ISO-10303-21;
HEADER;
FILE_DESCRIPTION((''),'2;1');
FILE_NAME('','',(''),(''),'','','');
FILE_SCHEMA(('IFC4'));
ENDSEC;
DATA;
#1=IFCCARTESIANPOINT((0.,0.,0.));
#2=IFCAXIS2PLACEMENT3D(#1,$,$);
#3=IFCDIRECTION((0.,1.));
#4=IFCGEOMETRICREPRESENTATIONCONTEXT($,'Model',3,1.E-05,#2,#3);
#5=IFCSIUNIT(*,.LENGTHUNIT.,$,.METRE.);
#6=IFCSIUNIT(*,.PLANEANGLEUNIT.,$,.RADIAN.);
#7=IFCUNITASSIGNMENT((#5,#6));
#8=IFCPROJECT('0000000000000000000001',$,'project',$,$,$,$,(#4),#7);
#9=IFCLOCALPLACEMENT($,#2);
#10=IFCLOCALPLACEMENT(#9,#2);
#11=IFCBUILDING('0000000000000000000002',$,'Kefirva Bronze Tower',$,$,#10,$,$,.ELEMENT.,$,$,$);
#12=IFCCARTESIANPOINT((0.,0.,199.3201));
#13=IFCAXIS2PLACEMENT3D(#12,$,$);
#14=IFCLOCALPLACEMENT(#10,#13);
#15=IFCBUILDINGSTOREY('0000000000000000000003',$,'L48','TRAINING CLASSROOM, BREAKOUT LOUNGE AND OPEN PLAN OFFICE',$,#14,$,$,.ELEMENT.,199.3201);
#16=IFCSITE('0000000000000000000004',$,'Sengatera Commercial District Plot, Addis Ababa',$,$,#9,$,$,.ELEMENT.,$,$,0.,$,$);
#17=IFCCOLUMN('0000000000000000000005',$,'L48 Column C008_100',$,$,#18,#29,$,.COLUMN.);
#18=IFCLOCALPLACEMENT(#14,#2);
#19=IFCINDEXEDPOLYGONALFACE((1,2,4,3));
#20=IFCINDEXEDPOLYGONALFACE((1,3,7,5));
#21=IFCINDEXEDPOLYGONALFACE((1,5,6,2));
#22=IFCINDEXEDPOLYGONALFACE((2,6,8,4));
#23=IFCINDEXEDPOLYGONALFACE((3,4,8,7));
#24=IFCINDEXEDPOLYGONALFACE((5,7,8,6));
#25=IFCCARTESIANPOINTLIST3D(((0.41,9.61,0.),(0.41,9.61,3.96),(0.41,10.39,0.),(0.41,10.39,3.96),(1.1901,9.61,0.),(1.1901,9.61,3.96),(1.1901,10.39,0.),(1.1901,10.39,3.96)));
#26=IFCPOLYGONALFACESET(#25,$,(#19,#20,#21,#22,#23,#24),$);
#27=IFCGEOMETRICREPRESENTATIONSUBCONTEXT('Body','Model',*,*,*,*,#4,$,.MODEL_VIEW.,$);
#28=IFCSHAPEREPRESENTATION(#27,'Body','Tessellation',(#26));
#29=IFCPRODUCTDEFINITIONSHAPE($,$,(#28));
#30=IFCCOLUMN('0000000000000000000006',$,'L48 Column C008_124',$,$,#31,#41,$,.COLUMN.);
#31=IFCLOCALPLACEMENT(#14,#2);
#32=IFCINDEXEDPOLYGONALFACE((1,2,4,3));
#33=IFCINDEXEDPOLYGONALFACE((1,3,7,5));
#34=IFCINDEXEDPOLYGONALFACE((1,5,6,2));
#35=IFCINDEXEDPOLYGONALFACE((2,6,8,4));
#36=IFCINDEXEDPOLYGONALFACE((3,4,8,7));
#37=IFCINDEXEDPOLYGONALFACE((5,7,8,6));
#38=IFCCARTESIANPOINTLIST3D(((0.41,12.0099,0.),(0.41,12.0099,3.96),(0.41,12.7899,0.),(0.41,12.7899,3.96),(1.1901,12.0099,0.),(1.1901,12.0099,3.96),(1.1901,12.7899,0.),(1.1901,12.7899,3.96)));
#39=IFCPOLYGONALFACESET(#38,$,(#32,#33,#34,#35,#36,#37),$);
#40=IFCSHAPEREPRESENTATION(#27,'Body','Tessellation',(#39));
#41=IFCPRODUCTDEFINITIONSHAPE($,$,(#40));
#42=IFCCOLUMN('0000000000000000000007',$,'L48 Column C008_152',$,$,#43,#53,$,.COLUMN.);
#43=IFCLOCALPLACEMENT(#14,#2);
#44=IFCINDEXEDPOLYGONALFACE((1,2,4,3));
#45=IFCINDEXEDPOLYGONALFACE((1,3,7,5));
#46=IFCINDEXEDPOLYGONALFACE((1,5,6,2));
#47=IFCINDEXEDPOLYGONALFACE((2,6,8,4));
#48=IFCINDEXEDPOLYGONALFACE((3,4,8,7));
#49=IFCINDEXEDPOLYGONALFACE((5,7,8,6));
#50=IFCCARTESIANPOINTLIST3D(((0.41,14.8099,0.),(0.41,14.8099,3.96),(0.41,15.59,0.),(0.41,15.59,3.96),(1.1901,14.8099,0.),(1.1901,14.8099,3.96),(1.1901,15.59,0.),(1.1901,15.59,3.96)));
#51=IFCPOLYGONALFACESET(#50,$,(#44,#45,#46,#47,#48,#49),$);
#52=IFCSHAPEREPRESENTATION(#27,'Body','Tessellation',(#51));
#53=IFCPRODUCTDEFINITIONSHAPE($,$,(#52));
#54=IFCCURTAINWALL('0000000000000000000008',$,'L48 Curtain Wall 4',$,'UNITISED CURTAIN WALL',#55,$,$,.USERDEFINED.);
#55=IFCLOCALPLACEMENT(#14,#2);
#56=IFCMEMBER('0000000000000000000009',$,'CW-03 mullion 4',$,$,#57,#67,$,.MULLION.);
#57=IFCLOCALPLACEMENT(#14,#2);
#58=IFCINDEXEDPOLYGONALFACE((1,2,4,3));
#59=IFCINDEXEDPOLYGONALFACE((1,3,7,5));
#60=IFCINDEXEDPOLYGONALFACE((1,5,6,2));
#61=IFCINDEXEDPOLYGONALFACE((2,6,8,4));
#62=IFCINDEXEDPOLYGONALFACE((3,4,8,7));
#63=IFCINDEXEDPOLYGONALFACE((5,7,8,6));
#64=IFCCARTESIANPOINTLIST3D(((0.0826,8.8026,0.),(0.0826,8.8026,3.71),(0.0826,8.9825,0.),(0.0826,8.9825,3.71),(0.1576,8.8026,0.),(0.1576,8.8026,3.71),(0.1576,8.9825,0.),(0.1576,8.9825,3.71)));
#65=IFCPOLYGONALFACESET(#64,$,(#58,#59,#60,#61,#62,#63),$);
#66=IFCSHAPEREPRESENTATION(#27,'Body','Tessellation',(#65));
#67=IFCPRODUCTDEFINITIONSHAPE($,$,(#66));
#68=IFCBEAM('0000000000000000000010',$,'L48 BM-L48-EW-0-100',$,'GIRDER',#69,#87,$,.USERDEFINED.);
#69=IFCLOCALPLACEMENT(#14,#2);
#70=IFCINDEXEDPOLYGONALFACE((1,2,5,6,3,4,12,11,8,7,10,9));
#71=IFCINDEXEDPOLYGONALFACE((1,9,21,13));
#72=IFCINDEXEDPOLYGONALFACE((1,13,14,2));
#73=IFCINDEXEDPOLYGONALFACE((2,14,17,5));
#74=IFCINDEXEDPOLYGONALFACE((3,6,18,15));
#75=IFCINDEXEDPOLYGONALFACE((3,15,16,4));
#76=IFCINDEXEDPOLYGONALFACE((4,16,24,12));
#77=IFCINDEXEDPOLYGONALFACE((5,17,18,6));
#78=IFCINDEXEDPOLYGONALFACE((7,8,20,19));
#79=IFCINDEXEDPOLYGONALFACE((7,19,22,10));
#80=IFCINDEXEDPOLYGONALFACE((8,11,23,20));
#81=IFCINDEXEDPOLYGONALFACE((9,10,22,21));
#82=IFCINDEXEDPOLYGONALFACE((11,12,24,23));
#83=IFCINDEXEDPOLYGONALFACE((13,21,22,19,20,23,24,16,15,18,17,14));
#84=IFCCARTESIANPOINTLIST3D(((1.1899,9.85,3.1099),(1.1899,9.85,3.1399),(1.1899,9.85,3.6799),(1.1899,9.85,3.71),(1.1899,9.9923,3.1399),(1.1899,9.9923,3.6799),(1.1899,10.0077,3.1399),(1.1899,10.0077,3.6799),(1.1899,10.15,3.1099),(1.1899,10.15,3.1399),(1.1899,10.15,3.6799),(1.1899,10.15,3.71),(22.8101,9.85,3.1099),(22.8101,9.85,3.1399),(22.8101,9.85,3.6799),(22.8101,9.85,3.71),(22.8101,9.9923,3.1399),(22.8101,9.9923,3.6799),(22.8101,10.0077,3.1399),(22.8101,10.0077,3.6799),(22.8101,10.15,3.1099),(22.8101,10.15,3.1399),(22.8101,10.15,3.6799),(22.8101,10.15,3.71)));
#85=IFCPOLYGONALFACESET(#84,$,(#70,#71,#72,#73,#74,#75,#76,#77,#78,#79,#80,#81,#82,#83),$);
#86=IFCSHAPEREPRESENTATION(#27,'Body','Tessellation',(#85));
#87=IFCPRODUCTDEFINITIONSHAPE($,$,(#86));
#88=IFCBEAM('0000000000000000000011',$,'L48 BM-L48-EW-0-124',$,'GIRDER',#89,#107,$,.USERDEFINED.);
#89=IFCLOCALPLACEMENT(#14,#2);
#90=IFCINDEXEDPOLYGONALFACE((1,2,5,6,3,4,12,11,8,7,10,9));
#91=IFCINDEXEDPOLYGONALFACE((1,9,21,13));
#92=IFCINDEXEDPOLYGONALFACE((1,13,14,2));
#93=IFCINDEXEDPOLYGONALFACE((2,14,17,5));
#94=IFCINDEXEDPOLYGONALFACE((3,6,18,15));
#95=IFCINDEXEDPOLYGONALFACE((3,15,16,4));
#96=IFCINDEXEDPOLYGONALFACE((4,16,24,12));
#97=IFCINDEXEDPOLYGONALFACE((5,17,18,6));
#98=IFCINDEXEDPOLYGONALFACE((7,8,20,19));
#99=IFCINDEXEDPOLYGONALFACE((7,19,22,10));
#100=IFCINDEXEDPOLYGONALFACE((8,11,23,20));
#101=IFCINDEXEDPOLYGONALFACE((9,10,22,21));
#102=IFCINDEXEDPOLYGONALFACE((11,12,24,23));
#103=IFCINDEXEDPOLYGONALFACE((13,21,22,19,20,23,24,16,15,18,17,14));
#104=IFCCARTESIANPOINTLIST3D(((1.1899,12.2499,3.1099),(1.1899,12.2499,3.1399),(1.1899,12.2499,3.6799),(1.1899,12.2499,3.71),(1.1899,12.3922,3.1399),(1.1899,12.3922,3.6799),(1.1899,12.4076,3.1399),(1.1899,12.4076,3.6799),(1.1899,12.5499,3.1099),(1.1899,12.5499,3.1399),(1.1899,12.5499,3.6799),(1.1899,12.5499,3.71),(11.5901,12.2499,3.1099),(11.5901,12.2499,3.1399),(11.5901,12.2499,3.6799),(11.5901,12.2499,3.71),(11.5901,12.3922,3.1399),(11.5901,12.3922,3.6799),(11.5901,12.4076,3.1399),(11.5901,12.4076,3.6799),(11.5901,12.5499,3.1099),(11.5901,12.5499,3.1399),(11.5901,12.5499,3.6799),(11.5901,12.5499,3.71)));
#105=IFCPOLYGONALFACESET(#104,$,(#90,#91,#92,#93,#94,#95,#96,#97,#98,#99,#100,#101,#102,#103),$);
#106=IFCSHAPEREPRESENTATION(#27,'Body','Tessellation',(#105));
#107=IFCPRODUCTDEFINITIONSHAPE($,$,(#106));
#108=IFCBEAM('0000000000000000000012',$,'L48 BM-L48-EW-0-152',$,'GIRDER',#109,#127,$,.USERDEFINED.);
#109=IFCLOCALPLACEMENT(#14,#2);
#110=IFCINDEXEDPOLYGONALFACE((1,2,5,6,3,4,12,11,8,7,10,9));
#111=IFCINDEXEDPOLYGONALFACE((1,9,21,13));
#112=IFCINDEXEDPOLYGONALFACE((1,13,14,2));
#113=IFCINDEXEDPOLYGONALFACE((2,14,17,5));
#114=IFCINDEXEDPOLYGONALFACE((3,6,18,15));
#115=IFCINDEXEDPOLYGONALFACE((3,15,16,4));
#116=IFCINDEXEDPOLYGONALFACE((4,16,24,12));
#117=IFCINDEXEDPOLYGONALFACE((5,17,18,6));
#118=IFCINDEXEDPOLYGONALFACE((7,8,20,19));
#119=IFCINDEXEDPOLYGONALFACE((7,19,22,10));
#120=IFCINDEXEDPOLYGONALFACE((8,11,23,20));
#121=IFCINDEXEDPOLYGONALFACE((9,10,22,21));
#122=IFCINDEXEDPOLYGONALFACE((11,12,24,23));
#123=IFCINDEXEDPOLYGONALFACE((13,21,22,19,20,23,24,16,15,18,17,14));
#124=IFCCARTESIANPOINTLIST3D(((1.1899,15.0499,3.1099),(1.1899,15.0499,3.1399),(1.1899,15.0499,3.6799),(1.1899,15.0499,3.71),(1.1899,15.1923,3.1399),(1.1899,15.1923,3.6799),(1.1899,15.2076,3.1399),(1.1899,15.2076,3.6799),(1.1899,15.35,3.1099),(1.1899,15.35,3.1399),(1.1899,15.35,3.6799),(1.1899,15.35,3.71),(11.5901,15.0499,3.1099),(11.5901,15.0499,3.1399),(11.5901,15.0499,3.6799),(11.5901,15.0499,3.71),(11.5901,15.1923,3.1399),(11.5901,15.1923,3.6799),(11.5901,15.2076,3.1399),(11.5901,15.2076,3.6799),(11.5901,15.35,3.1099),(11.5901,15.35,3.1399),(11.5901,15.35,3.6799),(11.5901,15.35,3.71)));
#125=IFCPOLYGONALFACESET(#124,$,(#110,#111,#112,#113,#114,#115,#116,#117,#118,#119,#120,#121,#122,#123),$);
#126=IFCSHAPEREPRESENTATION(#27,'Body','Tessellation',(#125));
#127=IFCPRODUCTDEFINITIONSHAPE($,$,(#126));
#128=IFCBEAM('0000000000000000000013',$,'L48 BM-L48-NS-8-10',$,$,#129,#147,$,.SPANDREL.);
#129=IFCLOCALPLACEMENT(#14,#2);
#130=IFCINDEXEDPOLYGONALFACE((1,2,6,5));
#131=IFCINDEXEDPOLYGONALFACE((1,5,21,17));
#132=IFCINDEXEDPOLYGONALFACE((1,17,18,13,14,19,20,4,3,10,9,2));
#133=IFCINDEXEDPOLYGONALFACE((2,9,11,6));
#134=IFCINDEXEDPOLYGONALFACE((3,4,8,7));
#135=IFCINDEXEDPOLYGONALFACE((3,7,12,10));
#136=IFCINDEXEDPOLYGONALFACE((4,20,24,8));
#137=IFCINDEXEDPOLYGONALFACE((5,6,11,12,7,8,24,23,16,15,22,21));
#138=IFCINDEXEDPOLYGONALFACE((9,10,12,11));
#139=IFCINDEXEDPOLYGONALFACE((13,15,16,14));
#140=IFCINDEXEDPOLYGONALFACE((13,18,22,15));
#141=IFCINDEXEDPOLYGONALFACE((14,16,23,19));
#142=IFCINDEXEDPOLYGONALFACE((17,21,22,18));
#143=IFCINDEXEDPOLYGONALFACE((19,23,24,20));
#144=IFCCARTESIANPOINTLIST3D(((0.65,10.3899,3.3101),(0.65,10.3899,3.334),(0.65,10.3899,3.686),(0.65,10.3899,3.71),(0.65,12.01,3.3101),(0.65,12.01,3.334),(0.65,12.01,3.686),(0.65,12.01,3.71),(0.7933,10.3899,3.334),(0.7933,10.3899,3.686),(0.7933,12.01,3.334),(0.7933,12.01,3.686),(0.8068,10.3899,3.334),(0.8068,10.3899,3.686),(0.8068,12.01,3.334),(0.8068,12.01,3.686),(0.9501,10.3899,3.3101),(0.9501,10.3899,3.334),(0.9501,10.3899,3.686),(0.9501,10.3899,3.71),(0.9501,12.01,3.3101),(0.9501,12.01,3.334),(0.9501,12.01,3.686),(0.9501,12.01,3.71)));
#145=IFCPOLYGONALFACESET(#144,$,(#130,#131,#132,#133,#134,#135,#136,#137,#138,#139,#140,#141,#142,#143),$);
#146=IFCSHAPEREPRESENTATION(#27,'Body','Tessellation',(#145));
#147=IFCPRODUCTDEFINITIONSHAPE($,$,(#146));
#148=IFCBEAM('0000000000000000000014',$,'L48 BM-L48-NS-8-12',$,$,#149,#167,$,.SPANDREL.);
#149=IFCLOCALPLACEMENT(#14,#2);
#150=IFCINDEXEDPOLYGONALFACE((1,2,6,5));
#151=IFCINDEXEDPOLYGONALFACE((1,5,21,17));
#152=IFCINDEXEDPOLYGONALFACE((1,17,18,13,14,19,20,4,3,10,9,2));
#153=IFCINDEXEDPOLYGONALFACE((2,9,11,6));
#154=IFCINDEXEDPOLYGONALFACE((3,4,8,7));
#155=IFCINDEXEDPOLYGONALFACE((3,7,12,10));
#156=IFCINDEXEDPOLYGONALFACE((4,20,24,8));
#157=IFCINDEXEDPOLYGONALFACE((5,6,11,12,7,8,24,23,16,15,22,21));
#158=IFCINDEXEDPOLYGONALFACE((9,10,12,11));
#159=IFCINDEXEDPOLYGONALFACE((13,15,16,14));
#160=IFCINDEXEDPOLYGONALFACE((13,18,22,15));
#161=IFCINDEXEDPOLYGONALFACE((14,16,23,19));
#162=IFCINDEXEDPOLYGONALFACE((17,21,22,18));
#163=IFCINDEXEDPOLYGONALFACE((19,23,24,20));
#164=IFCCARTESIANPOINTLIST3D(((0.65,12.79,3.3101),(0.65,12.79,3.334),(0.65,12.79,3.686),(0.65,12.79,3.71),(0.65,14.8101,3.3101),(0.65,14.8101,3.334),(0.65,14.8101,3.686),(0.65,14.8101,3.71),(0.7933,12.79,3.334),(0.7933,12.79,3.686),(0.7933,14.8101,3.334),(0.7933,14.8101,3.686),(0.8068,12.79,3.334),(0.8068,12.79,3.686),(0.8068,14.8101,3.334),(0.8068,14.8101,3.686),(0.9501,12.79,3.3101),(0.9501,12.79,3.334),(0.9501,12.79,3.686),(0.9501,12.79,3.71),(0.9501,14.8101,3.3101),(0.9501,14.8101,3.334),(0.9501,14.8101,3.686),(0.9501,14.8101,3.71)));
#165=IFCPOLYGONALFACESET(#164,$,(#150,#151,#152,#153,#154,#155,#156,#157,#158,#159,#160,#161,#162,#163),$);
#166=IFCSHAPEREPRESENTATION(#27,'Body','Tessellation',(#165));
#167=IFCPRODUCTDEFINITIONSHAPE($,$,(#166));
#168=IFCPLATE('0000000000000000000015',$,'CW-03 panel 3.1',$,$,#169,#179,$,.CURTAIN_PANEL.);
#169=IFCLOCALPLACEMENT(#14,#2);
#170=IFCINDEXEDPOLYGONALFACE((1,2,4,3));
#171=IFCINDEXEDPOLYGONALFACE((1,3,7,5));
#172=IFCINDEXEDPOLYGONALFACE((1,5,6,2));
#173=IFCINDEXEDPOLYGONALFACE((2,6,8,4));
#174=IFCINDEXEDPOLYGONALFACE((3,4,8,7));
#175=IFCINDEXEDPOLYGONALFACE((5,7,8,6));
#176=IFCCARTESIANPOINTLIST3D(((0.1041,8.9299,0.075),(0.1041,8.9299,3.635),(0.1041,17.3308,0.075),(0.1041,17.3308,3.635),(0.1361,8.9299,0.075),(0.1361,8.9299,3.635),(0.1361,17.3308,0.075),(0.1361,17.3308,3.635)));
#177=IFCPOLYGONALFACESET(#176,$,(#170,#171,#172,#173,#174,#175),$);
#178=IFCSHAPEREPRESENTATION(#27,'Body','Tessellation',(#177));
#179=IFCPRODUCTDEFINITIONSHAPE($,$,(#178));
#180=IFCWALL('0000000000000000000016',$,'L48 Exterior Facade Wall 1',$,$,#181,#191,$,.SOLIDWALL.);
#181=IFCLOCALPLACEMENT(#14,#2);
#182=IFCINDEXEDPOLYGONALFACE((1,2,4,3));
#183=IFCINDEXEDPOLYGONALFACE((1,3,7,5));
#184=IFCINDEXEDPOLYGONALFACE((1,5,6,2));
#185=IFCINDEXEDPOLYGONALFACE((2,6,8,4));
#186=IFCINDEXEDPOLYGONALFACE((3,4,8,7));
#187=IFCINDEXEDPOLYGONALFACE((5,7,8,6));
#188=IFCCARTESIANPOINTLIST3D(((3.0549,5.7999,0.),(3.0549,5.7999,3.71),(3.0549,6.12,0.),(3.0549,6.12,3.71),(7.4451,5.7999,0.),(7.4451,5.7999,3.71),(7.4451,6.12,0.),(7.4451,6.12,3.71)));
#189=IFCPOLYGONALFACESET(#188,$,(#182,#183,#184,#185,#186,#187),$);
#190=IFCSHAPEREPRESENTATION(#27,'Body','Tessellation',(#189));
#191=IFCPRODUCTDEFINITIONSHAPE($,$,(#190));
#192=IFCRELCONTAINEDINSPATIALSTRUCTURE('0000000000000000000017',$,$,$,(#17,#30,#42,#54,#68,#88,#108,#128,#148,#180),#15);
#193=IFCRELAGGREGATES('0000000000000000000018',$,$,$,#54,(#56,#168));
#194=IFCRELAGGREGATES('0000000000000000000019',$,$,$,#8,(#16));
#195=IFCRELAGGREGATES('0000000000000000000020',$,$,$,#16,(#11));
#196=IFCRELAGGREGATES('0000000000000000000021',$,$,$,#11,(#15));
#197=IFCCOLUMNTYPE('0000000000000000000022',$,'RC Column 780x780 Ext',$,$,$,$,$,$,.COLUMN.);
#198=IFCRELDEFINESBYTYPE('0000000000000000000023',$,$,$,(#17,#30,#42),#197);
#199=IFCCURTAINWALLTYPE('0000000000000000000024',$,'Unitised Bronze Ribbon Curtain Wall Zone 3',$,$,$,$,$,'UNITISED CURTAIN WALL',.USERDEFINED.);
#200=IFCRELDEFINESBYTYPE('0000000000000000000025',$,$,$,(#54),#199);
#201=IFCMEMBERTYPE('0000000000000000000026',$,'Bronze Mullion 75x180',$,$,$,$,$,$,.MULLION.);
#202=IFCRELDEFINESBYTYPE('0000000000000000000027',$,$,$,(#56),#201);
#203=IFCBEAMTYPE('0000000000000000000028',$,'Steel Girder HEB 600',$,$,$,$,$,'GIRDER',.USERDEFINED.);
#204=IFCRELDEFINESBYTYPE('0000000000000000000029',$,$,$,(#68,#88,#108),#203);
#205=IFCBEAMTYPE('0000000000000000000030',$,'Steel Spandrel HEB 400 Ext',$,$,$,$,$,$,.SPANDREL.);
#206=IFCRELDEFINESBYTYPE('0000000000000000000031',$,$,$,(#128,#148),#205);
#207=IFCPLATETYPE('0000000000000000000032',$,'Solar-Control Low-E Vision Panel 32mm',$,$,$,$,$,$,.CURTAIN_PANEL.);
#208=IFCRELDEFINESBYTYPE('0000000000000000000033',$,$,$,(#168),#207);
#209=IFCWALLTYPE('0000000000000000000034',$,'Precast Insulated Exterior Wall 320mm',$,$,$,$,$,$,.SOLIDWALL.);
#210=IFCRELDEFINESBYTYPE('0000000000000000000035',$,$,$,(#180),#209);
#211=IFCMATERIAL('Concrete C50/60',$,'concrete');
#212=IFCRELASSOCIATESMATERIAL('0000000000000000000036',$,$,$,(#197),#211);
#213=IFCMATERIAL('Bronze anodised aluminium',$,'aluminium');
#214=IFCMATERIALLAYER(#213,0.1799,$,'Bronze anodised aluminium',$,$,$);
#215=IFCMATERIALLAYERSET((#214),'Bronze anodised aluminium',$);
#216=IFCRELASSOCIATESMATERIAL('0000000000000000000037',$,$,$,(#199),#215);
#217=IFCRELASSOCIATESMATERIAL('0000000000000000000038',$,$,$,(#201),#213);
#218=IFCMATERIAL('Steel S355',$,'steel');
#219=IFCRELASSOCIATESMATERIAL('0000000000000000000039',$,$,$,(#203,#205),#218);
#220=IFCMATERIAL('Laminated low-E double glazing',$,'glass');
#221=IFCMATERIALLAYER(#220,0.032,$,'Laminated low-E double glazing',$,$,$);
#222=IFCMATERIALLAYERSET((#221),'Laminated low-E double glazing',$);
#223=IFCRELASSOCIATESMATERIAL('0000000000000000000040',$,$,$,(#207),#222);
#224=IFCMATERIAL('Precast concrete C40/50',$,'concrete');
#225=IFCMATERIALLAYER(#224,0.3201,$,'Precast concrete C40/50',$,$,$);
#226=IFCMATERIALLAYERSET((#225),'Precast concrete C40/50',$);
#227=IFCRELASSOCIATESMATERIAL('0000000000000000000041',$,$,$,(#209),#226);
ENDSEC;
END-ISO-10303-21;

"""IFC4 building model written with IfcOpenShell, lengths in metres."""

from ifc_helpers import new_model, si_unit, direction, frame, frame_2d, origin, origin_2d, place, context, subcontext, project, spatial, rectangle, i_section, extrude, material, layer, layer_set, material_profile, profile_set, type_object, element, aggregate, save


model = new_model("IFC4")

# Units and contexts
model_context = context("Model", 3, precision=1e-05, world=origin(), true_north=direction((0.0, 1.0)))
body_context = subcontext(model_context, "Body", "Model", "MODEL_VIEW")
ifc_project = project(units=[si_unit("LENGTHUNIT", "METRE"), si_unit("PLANEANGLEUNIT", "RADIAN")], contexts=[model_context])

# Site, building, storey
site_placement = place(None, origin())
site = spatial("IfcSite", under=ifc_project, at=site_placement, Name="Sengatera Commercial District Plot, Addis Ababa", CompositionType="ELEMENT", RefElevation=0.0)
building_placement = place(site_placement, origin())
building = spatial("IfcBuilding", under=site, at=building_placement, Name="Kefirva Bronze Tower", CompositionType="ELEMENT")
storey_placement = place(building_placement, frame((0.0, 0.0, 199.3201)))
storey = spatial("IfcBuildingStorey", under=building, at=storey_placement, Name="L48", Description="TRAINING CLASSROOM, BREAKOUT LOUNGE AND OPEN PLAN OFFICE", CompositionType="ELEMENT", Elevation=199.3201)

# Columns
ifc_material_1 = material(Name="Concrete C50/60", Category="concrete")
ifc_material_profile_1 = material_profile(ifc_material_1, rectangle(XDim=0.78, YDim=0.78, at=origin_2d()), Name="RC 780x780")
ifc_profile_set_1 = profile_set([ifc_material_profile_1], Name="Concrete C50/60")
column_type = type_object("IfcColumnType", Name="RC Column 780x780 Ext", PredefinedType="COLUMN", material=ifc_profile_set_1)
for number, where, z_axis, x_axis, name in (
    (1, (0.8, 10.0, 0.0), (0.0, 0.0, 1.0), (1.0, 0.0, 0.0), "L48 Column C008_100"),
    (2, (0.8, 12.3999, 0.0), (0.0, 0.0, 1.0), (1.0, 0.0, 0.0), "L48 Column C008_124"),
    (3, (0.8, 15.2, 0.0), (0.0, 0.0, 1.0), (1.0, 0.0, 0.0), "L48 Column C008_152"),
):
    element("IfcColumn", number, at=place(storey_placement, frame(where, z_axis=z_axis, x_axis=x_axis)), inside=storey, type_object=column_type, Name=name, PredefinedType="COLUMN", context=body_context, shape_type="SweptSolid", body=[
        extrude(rectangle(XDim=0.78, YDim=0.78, at=origin_2d()), origin(), (0.0, 0.0, 1.0), 3.96),
    ])

# Curtain wall, member
ifc_material_2 = material(Name="Bronze anodised aluminium", Category="aluminium")
ifc_layer_1 = layer(ifc_material_2, 0.1799, Name="Bronze anodised aluminium")
ifc_layer_set_1 = layer_set([ifc_layer_1], Name="Bronze anodised aluminium")
curtain_wall_type = type_object("IfcCurtainWallType", Name="Unitised Bronze Ribbon Curtain Wall Zone 3", ElementType="UNITISED CURTAIN WALL", PredefinedType="USERDEFINED", material=ifc_layer_set_1)
curtain_wall_placement = place(storey_placement, origin())
curtain_wall = element("IfcCurtainWall", 4, at=curtain_wall_placement, inside=storey, type_object=curtain_wall_type, Name="L48 Curtain Wall 4", ObjectType="UNITISED CURTAIN WALL", PredefinedType="USERDEFINED")
ifc_material_profile_2 = material_profile(ifc_material_2, rectangle(XDim=0.075, YDim=0.1799, at=origin_2d()), Name="ALU 75x180")
ifc_profile_set_2 = profile_set([ifc_material_profile_2], Name="Bronze anodised aluminium")
member_type = type_object("IfcMemberType", Name="Bronze Mullion 75x180", PredefinedType="MULLION", material=ifc_profile_set_2)
member_placement = place(storey_placement, frame((0.1201, 8.8926, 0.0), z_axis=(0.0, 0.0, 1.0), x_axis=(1.0, 0.0, 0.0)))
member = element("IfcMember", 5, at=member_placement, type_object=member_type, Name="CW-03 mullion 4", PredefinedType="MULLION", context=body_context, shape_type="SweptSolid", body=[
    extrude(rectangle(XDim=0.075, YDim=0.1799, at=origin_2d()), origin(), (0.0, 0.0, 1.0), 3.71),
])

# Beams
ifc_material_3 = material(Name="Steel S355", Category="steel")
ifc_material_profile_3 = material_profile(ifc_material_3, i_section(OverallWidth=0.3, OverallDepth=0.6001, WebThickness=0.0154, FlangeThickness=0.03, at=origin_2d()), Name="HEB 600")
ifc_profile_set_3 = profile_set([ifc_material_profile_3], Name="Steel S355")
beam_type_1 = type_object("IfcBeamType", Name="Steel Girder HEB 600", ElementType="GIRDER", PredefinedType="USERDEFINED", material=ifc_profile_set_3)
beam_1_placement = place(storey_placement, frame((1.1899, 10.0, 3.4099), z_axis=(1.0, 0.0, 0.0), x_axis=(0.0, 1.0, 0.0)))
element("IfcBeam", 6, at=beam_1_placement, inside=storey, type_object=beam_type_1, Name="L48 BM-L48-EW-0-100", ObjectType="GIRDER", PredefinedType="USERDEFINED", context=body_context, shape_type="SweptSolid", body=[
    extrude(i_section(OverallWidth=0.3, OverallDepth=0.6001, WebThickness=0.0154, FlangeThickness=0.03, at=origin_2d()), origin(), (0.0, 0.0, 1.0), 21.6201),
])
for number, where, z_axis, x_axis, name in (
    (7, (1.1899, 12.3999, 3.4099), (1.0, 0.0, 0.0), (0.0, 1.0, 0.0), "L48 BM-L48-EW-0-124"),
    (8, (1.1899, 15.2, 3.4099), (1.0, 0.0, 0.0), (0.0, 1.0, 0.0), "L48 BM-L48-EW-0-152"),
):
    element("IfcBeam", number, at=place(storey_placement, frame(where, z_axis=z_axis, x_axis=x_axis)), inside=storey, type_object=beam_type_1, Name=name, ObjectType="GIRDER", PredefinedType="USERDEFINED", context=body_context, shape_type="SweptSolid", body=[
        extrude(i_section(OverallWidth=0.3, OverallDepth=0.6001, WebThickness=0.0154, FlangeThickness=0.03, at=origin_2d()), origin(), (0.0, 0.0, 1.0), 10.4001),
    ])
ifc_material_profile_4 = material_profile(ifc_material_3, i_section(OverallWidth=0.3, OverallDepth=0.3999, WebThickness=0.0134, FlangeThickness=0.0239, at=origin_2d()), Name="HEB 400")
ifc_profile_set_4 = profile_set([ifc_material_profile_4], Name="Steel S355")
beam_type_2 = type_object("IfcBeamType", Name="Steel Spandrel HEB 400 Ext", PredefinedType="SPANDREL", material=ifc_profile_set_4)
beam_2_placement = place(storey_placement, frame((0.8, 10.3899, 3.51), z_axis=(0.0, 1.0, 0.0), x_axis=(-1.0, 0.0, 0.0)))
element("IfcBeam", 9, at=beam_2_placement, inside=storey, type_object=beam_type_2, Name="L48 BM-L48-NS-8-10", PredefinedType="SPANDREL", context=body_context, shape_type="SweptSolid", body=[
    extrude(i_section(OverallWidth=0.3, OverallDepth=0.3999, WebThickness=0.0134, FlangeThickness=0.0239, at=origin_2d()), origin(), (0.0, 0.0, 1.0), 1.6201),
])
beam_3_placement = place(storey_placement, frame((0.8, 12.79, 3.51), z_axis=(0.0, 1.0, 0.0), x_axis=(-1.0, 0.0, 0.0)))
element("IfcBeam", 10, at=beam_3_placement, inside=storey, type_object=beam_type_2, Name="L48 BM-L48-NS-8-12", PredefinedType="SPANDREL", context=body_context, shape_type="SweptSolid", body=[
    extrude(i_section(OverallWidth=0.3, OverallDepth=0.3999, WebThickness=0.0134, FlangeThickness=0.0239, at=origin_2d()), origin(), (0.0, 0.0, 1.0), 2.02),
])

# Plate
ifc_material_4 = material(Name="Laminated low-E double glazing", Category="glass")
ifc_layer_2 = layer(ifc_material_4, 0.032, Name="Laminated low-E double glazing")
ifc_layer_set_2 = layer_set([ifc_layer_2], Name="Laminated low-E double glazing")
plate_type = type_object("IfcPlateType", Name="Solar-Control Low-E Vision Panel 32mm", PredefinedType="CURTAIN_PANEL", material=ifc_layer_set_2)
plate_placement = place(storey_placement, frame((0.1201, 13.1304, 0.075), z_axis=(0.0, 0.0, 1.0), x_axis=(0.0, -1.0, 0.0)))
plate = element("IfcPlate", 11, at=plate_placement, type_object=plate_type, Name="CW-03 panel 3.1", PredefinedType="CURTAIN_PANEL", context=body_context, shape_type="SweptSolid", body=[
    extrude(rectangle(XDim=8.4009, YDim=0.032, at=origin_2d()), origin(), (0.0, 0.0, 1.0), 3.5601),
])
aggregate(curtain_wall, [member, plate])

# Wall
ifc_material_5 = material(Name="Precast concrete C40/50", Category="concrete")
ifc_layer_3 = layer(ifc_material_5, 0.3201, Name="Precast concrete C40/50")
ifc_layer_set_3 = layer_set([ifc_layer_3], Name="Precast concrete C40/50")
wall_type_1 = type_object("IfcWallType", Name="Precast Insulated Exterior Wall 320mm", PredefinedType="SOLIDWALL", material=ifc_layer_set_3)
wall_1_placement = place(storey_placement, frame((3.0549, 5.96, 0.0), z_axis=(0.0, 0.0, 1.0), x_axis=(1.0, 0.0, 0.0)))
element("IfcWall", 12, at=wall_1_placement, inside=storey, type_object=wall_type_1, Name="L48 Exterior Facade Wall 1", PredefinedType="SOLIDWALL", context=body_context, shape_type="SweptSolid", body=[
    extrude(rectangle(XDim=4.3901, YDim=0.3201, at=frame_2d((2.1951, 0.0))), origin(), (0.0, 0.0, 1.0), 3.71),
])

save(model, "model.ifc")
